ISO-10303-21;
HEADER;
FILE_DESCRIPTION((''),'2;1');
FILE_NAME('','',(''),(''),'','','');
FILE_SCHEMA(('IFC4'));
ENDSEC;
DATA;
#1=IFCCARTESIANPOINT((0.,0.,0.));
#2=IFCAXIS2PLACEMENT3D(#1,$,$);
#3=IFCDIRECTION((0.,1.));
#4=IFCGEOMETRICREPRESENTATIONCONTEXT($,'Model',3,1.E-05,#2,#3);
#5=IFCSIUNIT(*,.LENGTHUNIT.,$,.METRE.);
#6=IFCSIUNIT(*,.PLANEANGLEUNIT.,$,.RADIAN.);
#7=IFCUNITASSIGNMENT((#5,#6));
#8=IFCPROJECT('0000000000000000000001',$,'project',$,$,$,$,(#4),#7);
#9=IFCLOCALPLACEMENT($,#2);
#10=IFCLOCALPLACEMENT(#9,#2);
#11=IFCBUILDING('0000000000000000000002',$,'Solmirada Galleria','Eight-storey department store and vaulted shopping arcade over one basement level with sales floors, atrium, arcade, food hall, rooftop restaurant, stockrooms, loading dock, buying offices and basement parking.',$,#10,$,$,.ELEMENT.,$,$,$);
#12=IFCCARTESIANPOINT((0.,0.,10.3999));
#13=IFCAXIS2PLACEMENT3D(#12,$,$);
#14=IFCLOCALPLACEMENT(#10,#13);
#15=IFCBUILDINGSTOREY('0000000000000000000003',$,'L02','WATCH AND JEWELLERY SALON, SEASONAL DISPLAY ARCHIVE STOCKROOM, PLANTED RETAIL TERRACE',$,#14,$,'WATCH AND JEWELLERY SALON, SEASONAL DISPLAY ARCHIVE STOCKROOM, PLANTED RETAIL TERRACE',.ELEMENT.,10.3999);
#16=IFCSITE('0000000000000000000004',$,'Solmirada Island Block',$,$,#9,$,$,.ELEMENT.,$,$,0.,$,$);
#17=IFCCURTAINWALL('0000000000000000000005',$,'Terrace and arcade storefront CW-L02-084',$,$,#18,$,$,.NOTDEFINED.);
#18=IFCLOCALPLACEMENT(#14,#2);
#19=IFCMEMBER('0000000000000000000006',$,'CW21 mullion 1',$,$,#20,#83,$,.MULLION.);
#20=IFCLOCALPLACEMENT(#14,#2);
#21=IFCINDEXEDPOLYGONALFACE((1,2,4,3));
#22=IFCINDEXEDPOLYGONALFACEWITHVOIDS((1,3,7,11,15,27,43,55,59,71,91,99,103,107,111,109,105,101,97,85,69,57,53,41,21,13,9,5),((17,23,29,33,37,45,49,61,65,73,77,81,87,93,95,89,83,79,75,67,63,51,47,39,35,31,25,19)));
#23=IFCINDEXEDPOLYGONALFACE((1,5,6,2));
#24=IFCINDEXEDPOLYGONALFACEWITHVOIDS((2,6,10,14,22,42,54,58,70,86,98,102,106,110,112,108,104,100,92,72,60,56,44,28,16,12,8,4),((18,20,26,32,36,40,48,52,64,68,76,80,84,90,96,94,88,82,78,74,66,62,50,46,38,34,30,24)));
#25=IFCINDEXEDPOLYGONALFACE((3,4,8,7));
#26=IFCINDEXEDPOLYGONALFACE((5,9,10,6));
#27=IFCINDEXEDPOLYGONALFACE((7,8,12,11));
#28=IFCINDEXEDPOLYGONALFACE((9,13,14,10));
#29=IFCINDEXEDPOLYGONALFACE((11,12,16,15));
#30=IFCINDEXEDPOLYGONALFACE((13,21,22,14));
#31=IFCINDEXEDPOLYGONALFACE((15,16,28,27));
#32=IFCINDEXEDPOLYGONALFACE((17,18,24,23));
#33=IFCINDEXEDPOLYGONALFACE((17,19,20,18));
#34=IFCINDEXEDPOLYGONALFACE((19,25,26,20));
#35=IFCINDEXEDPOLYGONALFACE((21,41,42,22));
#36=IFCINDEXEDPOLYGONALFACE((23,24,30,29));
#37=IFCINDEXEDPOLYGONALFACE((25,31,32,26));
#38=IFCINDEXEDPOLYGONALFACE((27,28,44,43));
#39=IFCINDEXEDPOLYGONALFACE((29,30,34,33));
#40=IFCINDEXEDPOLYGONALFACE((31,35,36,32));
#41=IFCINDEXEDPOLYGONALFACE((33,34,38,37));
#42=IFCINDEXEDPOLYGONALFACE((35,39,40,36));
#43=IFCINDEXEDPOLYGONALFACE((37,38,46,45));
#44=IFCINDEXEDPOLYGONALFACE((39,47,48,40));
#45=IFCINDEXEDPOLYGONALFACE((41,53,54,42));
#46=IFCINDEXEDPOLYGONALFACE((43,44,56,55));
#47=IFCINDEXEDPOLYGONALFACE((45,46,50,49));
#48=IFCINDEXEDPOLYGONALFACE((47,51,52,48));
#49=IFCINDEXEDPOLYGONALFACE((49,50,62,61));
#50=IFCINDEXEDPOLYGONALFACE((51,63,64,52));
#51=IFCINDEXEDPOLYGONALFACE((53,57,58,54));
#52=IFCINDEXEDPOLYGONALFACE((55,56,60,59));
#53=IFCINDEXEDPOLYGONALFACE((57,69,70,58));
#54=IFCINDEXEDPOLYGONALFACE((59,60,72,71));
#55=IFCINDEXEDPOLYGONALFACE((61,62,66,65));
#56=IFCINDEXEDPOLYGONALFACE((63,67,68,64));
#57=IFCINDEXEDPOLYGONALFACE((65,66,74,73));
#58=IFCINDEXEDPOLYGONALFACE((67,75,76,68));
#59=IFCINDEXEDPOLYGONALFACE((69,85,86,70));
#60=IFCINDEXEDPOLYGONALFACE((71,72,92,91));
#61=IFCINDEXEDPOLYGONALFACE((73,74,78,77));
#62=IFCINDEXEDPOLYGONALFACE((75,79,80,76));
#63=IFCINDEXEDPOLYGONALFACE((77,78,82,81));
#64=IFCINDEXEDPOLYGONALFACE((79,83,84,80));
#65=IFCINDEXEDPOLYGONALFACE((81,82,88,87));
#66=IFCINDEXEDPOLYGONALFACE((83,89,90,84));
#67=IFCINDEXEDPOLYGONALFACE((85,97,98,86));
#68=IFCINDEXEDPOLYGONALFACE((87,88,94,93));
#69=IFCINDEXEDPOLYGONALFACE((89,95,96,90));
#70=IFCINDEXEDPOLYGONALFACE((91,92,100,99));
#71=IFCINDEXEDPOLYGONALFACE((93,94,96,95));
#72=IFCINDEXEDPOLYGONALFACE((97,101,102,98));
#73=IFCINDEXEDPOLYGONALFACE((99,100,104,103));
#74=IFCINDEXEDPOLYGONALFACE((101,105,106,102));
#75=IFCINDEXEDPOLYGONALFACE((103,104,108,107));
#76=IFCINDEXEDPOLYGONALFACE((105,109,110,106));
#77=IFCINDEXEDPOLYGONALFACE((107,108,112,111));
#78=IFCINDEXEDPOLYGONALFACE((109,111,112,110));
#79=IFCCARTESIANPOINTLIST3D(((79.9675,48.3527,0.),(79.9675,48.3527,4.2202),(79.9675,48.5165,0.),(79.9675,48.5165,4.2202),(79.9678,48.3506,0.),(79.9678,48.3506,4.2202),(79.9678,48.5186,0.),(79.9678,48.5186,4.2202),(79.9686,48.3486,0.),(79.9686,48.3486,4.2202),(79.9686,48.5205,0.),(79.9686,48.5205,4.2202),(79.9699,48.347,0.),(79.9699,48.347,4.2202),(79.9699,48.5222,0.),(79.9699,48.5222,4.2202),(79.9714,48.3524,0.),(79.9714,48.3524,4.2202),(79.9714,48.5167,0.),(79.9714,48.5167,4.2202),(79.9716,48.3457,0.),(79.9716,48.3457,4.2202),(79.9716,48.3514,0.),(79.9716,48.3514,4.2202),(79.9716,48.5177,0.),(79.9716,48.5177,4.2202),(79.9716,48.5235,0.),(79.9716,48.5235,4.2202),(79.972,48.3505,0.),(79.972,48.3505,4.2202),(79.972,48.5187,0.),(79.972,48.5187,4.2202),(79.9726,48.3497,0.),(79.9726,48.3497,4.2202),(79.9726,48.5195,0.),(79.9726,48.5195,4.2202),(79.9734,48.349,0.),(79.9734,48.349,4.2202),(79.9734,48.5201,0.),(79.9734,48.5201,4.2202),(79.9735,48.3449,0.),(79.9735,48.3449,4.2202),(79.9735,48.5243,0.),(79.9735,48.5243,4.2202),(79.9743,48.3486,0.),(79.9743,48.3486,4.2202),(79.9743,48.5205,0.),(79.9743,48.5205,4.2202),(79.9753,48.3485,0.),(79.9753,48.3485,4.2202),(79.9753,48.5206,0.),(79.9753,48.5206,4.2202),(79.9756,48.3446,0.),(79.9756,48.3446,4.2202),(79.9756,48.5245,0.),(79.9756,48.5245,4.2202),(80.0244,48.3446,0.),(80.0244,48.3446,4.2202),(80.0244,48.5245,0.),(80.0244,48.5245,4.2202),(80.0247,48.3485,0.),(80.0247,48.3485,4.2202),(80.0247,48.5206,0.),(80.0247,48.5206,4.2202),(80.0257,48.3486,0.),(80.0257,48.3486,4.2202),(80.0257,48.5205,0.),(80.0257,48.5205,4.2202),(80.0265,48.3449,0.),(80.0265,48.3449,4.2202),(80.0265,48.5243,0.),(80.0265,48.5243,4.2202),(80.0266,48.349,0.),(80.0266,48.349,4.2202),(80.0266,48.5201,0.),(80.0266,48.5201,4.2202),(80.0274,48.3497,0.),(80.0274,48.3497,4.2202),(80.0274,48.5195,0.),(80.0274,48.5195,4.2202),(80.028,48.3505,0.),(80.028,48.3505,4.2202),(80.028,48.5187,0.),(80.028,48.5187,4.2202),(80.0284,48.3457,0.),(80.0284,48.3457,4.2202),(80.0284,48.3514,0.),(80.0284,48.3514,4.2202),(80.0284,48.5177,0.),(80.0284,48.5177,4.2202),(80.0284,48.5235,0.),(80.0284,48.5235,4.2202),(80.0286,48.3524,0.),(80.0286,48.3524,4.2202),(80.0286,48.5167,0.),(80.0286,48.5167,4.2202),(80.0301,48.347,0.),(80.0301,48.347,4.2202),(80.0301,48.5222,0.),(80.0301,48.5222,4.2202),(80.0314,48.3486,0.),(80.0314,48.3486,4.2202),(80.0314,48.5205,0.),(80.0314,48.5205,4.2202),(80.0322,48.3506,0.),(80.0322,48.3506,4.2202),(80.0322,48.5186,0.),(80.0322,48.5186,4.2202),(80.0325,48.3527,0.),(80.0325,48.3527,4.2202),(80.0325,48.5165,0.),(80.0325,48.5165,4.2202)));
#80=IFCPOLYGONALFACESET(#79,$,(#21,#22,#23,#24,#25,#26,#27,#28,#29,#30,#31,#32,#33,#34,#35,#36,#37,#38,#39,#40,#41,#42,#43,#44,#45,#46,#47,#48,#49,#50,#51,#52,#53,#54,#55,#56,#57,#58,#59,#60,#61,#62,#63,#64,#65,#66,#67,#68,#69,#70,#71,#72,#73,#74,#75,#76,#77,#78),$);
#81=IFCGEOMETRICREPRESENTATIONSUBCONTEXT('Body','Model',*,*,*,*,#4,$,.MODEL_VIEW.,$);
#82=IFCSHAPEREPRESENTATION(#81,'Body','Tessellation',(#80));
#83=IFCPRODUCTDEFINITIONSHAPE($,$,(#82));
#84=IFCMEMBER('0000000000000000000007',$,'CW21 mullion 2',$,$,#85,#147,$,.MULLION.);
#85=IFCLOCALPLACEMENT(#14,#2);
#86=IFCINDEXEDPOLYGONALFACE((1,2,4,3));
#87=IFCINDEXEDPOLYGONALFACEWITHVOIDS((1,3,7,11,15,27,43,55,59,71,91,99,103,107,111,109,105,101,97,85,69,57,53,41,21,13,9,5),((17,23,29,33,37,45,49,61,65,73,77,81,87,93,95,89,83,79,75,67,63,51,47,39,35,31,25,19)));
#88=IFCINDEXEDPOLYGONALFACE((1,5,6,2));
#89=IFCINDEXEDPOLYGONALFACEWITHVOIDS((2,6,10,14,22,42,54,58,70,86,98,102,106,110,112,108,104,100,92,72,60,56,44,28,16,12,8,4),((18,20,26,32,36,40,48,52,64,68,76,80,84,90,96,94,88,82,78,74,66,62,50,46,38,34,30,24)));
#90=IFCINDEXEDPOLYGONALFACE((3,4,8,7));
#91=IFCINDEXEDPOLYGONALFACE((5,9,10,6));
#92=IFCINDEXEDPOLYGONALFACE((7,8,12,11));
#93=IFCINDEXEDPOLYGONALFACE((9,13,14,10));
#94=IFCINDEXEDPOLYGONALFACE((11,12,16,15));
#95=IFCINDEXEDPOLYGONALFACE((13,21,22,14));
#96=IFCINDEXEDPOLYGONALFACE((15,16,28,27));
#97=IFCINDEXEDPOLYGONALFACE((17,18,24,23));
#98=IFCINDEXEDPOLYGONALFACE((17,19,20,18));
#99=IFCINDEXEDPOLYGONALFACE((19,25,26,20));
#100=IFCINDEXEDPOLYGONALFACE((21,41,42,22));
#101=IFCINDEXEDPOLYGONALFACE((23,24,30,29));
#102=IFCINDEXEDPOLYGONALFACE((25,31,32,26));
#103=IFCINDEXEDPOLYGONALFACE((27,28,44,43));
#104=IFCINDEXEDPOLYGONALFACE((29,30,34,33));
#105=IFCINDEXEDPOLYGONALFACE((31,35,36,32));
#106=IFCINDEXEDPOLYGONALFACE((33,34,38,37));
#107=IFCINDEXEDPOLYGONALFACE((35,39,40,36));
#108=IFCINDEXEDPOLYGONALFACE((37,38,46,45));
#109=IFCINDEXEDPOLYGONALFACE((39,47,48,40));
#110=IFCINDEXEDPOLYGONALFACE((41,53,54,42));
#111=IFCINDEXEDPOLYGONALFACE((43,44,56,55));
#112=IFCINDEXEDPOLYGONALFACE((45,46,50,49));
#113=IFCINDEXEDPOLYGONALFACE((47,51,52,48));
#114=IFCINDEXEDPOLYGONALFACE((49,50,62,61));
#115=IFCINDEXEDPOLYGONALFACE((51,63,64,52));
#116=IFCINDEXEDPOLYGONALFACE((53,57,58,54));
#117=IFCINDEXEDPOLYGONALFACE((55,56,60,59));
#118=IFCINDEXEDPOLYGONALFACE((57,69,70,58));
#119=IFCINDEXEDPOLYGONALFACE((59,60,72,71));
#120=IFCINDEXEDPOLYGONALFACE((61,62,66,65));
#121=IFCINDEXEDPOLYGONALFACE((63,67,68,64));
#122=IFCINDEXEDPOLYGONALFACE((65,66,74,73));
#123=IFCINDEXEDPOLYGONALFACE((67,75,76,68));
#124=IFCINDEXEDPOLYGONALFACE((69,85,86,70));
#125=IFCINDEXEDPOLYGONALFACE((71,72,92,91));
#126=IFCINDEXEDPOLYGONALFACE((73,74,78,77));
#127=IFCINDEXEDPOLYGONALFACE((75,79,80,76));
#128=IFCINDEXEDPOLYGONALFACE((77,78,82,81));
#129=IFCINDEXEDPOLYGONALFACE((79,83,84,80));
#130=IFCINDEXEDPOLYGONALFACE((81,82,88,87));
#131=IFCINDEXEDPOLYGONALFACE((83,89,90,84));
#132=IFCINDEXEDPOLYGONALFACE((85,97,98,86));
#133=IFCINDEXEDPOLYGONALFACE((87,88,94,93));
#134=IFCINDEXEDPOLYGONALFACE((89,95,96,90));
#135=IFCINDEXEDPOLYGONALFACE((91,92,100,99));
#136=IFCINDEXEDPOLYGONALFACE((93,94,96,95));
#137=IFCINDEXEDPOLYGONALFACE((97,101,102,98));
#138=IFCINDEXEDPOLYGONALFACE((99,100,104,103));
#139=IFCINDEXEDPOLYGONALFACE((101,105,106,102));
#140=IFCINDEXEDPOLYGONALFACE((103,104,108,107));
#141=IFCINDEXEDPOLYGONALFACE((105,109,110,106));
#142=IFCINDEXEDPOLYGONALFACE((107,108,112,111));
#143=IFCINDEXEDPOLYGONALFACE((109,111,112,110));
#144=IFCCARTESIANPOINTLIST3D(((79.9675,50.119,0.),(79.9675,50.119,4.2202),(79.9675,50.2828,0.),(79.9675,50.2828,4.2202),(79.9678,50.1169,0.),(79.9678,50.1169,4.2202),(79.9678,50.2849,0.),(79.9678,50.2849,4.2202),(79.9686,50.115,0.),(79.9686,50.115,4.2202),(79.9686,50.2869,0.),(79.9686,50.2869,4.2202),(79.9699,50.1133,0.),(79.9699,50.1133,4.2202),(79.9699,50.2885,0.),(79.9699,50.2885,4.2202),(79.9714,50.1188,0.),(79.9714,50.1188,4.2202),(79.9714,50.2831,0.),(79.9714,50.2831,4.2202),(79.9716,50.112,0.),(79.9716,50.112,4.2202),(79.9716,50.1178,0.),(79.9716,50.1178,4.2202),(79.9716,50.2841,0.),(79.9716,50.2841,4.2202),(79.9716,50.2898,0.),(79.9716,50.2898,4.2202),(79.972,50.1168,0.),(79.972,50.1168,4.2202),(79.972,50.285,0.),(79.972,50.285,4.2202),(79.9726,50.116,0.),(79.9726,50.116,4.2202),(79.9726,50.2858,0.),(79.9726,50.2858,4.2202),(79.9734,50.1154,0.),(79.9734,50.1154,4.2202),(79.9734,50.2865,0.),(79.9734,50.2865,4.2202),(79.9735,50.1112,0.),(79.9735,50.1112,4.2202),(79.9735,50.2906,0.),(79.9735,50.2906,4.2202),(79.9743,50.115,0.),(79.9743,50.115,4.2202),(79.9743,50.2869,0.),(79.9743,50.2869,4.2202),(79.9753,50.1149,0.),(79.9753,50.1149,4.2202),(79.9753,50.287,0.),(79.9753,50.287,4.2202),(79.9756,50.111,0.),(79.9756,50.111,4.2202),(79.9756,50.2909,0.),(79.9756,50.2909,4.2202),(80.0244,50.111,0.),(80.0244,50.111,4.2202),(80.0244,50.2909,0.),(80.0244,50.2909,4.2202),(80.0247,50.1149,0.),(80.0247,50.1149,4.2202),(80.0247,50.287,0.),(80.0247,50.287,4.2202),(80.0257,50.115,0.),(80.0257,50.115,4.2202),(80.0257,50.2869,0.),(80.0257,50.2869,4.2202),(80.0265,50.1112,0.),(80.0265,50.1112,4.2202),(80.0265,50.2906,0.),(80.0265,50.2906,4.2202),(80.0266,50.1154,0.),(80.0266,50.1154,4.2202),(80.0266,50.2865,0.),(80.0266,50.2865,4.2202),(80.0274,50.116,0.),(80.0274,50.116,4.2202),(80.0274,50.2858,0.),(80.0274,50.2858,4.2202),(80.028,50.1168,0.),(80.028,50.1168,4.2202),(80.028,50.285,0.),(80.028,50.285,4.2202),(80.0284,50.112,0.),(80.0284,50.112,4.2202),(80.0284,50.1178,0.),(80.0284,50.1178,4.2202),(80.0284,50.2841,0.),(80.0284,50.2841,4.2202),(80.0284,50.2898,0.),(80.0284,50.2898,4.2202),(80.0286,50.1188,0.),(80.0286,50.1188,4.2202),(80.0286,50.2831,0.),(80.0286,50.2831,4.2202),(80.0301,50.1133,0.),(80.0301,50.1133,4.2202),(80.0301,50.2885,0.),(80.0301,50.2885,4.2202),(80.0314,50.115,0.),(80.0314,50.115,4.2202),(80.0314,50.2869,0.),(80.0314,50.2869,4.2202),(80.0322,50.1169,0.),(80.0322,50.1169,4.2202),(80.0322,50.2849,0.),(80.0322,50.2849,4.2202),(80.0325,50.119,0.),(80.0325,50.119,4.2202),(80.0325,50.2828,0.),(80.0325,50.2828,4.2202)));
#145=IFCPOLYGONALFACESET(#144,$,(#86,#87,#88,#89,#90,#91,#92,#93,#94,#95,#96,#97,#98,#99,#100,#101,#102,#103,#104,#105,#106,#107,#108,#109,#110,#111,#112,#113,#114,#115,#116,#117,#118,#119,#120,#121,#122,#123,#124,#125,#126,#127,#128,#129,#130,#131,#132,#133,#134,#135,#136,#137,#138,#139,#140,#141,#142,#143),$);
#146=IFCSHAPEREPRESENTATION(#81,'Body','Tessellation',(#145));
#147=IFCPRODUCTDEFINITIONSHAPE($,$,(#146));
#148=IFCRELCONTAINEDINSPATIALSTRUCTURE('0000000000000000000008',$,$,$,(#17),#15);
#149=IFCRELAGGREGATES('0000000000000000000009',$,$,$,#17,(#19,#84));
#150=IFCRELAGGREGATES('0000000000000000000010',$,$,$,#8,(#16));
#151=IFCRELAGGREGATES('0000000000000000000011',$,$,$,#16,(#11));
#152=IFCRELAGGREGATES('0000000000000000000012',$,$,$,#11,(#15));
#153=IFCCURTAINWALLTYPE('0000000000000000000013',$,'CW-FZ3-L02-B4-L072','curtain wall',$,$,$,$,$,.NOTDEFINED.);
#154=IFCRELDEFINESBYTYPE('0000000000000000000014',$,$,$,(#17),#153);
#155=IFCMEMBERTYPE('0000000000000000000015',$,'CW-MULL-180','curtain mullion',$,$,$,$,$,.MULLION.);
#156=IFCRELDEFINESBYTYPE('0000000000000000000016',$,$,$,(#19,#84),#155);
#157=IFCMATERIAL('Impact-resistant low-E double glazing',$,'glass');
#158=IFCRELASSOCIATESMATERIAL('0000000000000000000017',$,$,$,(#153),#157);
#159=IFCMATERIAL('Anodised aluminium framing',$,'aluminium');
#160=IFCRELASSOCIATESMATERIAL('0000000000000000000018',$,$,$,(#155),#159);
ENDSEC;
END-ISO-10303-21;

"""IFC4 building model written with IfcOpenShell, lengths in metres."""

from ifc_helpers import new_model, si_unit, direction, frame, origin, origin_2d, place, context, subcontext, project, spatial, hollow_rectangle, extrude, material, material_profile, profile_set, type_object, element, aggregate, save


model = new_model("IFC4")

# Units and contexts
model_context = context("Model", 3, precision=1e-05, world=origin(), true_north=direction((0.0, 1.0)))
body_context = subcontext(model_context, "Body", "Model", "MODEL_VIEW")
ifc_project = project(units=[si_unit("LENGTHUNIT", "METRE"), si_unit("PLANEANGLEUNIT", "RADIAN")], contexts=[model_context])

# Site, building, storey
site_placement = place(None, origin())
site = spatial("IfcSite", under=ifc_project, at=site_placement, Name="Solmirada Island Block", CompositionType="ELEMENT", RefElevation=0.0)
building_placement = place(site_placement, origin())
building = spatial("IfcBuilding", under=site, at=building_placement, Name="Solmirada Galleria", Description="Eight-storey department store and vaulted shopping arcade over one basement level with sales floors, atrium, arcade, food hall, rooftop restaurant, stockrooms, loading dock, buying offices and basement parking.", CompositionType="ELEMENT")
storey_placement = place(building_placement, frame((0.0, 0.0, 10.3999)))
storey = spatial("IfcBuildingStorey", under=building, at=storey_placement, Name="L02", Description="WATCH AND JEWELLERY SALON, SEASONAL DISPLAY ARCHIVE STOCKROOM, PLANTED RETAIL TERRACE", LongName="WATCH AND JEWELLERY SALON, SEASONAL DISPLAY ARCHIVE STOCKROOM, PLANTED RETAIL TERRACE", CompositionType="ELEMENT", Elevation=10.3999)

# Curtain wall, members
ifc_material_1 = material(Name="Impact-resistant low-E double glazing", Category="glass")
curtain_wall_type = type_object("IfcCurtainWallType", Name="CW-FZ3-L02-B4-L072", Description="curtain wall", PredefinedType="NOTDEFINED", material=ifc_material_1)
curtain_wall_placement = place(storey_placement, origin())
curtain_wall = element("IfcCurtainWall", 1, at=curtain_wall_placement, inside=storey, type_object=curtain_wall_type, Name="Terrace and arcade storefront CW-L02-084", PredefinedType="NOTDEFINED")
ifc_material_2 = material(Name="Anodised aluminium framing", Category="aluminium")
ifc_material_profile_1 = material_profile(ifc_material_2, hollow_rectangle(XDim=0.0649, YDim=0.1799, WallThickness=0.0039, InnerFilletRadius=0.0039, OuterFilletRadius=0.0081, at=origin_2d()), Name="ALU-MULL-180X65")
ifc_profile_set_1 = profile_set([ifc_material_profile_1], Name="Anodised aluminium framing")
member_type_1 = type_object("IfcMemberType", Name="CW-MULL-180", Description="curtain mullion", PredefinedType="MULLION", material=ifc_profile_set_1)
member_1_placement = place(storey_placement, frame((80.0, 48.4346, 0.0), z_axis=(0.0, 0.0, 1.0), x_axis=(-1.0, 0.0, 0.0)))
member_1 = element("IfcMember", 2, at=member_1_placement, type_object=member_type_1, Name="CW21 mullion 1", PredefinedType="MULLION", context=body_context, shape_type="SweptSolid", body=[
    extrude(hollow_rectangle(XDim=0.0649, YDim=0.1799, WallThickness=0.0039, InnerFilletRadius=0.0039, OuterFilletRadius=0.0081, at=origin_2d()), origin(), (0.0, 0.0, 1.0), 4.2202),
])
member_2_placement = place(storey_placement, frame((80.0, 50.2009, 0.0), z_axis=(0.0, 0.0, 1.0), x_axis=(-1.0, 0.0, 0.0)))
member_2 = element("IfcMember", 3, at=member_2_placement, type_object=member_type_1, Name="CW21 mullion 2", PredefinedType="MULLION", context=body_context, shape_type="SweptSolid", body=[
    extrude(hollow_rectangle(XDim=0.0649, YDim=0.1799, WallThickness=0.0039, InnerFilletRadius=0.0039, OuterFilletRadius=0.0081, at=origin_2d()), origin(), (0.0, 0.0, 1.0), 4.2202),
])
aggregate(curtain_wall, [member_1, member_2])

save(model, "model.ifc")
